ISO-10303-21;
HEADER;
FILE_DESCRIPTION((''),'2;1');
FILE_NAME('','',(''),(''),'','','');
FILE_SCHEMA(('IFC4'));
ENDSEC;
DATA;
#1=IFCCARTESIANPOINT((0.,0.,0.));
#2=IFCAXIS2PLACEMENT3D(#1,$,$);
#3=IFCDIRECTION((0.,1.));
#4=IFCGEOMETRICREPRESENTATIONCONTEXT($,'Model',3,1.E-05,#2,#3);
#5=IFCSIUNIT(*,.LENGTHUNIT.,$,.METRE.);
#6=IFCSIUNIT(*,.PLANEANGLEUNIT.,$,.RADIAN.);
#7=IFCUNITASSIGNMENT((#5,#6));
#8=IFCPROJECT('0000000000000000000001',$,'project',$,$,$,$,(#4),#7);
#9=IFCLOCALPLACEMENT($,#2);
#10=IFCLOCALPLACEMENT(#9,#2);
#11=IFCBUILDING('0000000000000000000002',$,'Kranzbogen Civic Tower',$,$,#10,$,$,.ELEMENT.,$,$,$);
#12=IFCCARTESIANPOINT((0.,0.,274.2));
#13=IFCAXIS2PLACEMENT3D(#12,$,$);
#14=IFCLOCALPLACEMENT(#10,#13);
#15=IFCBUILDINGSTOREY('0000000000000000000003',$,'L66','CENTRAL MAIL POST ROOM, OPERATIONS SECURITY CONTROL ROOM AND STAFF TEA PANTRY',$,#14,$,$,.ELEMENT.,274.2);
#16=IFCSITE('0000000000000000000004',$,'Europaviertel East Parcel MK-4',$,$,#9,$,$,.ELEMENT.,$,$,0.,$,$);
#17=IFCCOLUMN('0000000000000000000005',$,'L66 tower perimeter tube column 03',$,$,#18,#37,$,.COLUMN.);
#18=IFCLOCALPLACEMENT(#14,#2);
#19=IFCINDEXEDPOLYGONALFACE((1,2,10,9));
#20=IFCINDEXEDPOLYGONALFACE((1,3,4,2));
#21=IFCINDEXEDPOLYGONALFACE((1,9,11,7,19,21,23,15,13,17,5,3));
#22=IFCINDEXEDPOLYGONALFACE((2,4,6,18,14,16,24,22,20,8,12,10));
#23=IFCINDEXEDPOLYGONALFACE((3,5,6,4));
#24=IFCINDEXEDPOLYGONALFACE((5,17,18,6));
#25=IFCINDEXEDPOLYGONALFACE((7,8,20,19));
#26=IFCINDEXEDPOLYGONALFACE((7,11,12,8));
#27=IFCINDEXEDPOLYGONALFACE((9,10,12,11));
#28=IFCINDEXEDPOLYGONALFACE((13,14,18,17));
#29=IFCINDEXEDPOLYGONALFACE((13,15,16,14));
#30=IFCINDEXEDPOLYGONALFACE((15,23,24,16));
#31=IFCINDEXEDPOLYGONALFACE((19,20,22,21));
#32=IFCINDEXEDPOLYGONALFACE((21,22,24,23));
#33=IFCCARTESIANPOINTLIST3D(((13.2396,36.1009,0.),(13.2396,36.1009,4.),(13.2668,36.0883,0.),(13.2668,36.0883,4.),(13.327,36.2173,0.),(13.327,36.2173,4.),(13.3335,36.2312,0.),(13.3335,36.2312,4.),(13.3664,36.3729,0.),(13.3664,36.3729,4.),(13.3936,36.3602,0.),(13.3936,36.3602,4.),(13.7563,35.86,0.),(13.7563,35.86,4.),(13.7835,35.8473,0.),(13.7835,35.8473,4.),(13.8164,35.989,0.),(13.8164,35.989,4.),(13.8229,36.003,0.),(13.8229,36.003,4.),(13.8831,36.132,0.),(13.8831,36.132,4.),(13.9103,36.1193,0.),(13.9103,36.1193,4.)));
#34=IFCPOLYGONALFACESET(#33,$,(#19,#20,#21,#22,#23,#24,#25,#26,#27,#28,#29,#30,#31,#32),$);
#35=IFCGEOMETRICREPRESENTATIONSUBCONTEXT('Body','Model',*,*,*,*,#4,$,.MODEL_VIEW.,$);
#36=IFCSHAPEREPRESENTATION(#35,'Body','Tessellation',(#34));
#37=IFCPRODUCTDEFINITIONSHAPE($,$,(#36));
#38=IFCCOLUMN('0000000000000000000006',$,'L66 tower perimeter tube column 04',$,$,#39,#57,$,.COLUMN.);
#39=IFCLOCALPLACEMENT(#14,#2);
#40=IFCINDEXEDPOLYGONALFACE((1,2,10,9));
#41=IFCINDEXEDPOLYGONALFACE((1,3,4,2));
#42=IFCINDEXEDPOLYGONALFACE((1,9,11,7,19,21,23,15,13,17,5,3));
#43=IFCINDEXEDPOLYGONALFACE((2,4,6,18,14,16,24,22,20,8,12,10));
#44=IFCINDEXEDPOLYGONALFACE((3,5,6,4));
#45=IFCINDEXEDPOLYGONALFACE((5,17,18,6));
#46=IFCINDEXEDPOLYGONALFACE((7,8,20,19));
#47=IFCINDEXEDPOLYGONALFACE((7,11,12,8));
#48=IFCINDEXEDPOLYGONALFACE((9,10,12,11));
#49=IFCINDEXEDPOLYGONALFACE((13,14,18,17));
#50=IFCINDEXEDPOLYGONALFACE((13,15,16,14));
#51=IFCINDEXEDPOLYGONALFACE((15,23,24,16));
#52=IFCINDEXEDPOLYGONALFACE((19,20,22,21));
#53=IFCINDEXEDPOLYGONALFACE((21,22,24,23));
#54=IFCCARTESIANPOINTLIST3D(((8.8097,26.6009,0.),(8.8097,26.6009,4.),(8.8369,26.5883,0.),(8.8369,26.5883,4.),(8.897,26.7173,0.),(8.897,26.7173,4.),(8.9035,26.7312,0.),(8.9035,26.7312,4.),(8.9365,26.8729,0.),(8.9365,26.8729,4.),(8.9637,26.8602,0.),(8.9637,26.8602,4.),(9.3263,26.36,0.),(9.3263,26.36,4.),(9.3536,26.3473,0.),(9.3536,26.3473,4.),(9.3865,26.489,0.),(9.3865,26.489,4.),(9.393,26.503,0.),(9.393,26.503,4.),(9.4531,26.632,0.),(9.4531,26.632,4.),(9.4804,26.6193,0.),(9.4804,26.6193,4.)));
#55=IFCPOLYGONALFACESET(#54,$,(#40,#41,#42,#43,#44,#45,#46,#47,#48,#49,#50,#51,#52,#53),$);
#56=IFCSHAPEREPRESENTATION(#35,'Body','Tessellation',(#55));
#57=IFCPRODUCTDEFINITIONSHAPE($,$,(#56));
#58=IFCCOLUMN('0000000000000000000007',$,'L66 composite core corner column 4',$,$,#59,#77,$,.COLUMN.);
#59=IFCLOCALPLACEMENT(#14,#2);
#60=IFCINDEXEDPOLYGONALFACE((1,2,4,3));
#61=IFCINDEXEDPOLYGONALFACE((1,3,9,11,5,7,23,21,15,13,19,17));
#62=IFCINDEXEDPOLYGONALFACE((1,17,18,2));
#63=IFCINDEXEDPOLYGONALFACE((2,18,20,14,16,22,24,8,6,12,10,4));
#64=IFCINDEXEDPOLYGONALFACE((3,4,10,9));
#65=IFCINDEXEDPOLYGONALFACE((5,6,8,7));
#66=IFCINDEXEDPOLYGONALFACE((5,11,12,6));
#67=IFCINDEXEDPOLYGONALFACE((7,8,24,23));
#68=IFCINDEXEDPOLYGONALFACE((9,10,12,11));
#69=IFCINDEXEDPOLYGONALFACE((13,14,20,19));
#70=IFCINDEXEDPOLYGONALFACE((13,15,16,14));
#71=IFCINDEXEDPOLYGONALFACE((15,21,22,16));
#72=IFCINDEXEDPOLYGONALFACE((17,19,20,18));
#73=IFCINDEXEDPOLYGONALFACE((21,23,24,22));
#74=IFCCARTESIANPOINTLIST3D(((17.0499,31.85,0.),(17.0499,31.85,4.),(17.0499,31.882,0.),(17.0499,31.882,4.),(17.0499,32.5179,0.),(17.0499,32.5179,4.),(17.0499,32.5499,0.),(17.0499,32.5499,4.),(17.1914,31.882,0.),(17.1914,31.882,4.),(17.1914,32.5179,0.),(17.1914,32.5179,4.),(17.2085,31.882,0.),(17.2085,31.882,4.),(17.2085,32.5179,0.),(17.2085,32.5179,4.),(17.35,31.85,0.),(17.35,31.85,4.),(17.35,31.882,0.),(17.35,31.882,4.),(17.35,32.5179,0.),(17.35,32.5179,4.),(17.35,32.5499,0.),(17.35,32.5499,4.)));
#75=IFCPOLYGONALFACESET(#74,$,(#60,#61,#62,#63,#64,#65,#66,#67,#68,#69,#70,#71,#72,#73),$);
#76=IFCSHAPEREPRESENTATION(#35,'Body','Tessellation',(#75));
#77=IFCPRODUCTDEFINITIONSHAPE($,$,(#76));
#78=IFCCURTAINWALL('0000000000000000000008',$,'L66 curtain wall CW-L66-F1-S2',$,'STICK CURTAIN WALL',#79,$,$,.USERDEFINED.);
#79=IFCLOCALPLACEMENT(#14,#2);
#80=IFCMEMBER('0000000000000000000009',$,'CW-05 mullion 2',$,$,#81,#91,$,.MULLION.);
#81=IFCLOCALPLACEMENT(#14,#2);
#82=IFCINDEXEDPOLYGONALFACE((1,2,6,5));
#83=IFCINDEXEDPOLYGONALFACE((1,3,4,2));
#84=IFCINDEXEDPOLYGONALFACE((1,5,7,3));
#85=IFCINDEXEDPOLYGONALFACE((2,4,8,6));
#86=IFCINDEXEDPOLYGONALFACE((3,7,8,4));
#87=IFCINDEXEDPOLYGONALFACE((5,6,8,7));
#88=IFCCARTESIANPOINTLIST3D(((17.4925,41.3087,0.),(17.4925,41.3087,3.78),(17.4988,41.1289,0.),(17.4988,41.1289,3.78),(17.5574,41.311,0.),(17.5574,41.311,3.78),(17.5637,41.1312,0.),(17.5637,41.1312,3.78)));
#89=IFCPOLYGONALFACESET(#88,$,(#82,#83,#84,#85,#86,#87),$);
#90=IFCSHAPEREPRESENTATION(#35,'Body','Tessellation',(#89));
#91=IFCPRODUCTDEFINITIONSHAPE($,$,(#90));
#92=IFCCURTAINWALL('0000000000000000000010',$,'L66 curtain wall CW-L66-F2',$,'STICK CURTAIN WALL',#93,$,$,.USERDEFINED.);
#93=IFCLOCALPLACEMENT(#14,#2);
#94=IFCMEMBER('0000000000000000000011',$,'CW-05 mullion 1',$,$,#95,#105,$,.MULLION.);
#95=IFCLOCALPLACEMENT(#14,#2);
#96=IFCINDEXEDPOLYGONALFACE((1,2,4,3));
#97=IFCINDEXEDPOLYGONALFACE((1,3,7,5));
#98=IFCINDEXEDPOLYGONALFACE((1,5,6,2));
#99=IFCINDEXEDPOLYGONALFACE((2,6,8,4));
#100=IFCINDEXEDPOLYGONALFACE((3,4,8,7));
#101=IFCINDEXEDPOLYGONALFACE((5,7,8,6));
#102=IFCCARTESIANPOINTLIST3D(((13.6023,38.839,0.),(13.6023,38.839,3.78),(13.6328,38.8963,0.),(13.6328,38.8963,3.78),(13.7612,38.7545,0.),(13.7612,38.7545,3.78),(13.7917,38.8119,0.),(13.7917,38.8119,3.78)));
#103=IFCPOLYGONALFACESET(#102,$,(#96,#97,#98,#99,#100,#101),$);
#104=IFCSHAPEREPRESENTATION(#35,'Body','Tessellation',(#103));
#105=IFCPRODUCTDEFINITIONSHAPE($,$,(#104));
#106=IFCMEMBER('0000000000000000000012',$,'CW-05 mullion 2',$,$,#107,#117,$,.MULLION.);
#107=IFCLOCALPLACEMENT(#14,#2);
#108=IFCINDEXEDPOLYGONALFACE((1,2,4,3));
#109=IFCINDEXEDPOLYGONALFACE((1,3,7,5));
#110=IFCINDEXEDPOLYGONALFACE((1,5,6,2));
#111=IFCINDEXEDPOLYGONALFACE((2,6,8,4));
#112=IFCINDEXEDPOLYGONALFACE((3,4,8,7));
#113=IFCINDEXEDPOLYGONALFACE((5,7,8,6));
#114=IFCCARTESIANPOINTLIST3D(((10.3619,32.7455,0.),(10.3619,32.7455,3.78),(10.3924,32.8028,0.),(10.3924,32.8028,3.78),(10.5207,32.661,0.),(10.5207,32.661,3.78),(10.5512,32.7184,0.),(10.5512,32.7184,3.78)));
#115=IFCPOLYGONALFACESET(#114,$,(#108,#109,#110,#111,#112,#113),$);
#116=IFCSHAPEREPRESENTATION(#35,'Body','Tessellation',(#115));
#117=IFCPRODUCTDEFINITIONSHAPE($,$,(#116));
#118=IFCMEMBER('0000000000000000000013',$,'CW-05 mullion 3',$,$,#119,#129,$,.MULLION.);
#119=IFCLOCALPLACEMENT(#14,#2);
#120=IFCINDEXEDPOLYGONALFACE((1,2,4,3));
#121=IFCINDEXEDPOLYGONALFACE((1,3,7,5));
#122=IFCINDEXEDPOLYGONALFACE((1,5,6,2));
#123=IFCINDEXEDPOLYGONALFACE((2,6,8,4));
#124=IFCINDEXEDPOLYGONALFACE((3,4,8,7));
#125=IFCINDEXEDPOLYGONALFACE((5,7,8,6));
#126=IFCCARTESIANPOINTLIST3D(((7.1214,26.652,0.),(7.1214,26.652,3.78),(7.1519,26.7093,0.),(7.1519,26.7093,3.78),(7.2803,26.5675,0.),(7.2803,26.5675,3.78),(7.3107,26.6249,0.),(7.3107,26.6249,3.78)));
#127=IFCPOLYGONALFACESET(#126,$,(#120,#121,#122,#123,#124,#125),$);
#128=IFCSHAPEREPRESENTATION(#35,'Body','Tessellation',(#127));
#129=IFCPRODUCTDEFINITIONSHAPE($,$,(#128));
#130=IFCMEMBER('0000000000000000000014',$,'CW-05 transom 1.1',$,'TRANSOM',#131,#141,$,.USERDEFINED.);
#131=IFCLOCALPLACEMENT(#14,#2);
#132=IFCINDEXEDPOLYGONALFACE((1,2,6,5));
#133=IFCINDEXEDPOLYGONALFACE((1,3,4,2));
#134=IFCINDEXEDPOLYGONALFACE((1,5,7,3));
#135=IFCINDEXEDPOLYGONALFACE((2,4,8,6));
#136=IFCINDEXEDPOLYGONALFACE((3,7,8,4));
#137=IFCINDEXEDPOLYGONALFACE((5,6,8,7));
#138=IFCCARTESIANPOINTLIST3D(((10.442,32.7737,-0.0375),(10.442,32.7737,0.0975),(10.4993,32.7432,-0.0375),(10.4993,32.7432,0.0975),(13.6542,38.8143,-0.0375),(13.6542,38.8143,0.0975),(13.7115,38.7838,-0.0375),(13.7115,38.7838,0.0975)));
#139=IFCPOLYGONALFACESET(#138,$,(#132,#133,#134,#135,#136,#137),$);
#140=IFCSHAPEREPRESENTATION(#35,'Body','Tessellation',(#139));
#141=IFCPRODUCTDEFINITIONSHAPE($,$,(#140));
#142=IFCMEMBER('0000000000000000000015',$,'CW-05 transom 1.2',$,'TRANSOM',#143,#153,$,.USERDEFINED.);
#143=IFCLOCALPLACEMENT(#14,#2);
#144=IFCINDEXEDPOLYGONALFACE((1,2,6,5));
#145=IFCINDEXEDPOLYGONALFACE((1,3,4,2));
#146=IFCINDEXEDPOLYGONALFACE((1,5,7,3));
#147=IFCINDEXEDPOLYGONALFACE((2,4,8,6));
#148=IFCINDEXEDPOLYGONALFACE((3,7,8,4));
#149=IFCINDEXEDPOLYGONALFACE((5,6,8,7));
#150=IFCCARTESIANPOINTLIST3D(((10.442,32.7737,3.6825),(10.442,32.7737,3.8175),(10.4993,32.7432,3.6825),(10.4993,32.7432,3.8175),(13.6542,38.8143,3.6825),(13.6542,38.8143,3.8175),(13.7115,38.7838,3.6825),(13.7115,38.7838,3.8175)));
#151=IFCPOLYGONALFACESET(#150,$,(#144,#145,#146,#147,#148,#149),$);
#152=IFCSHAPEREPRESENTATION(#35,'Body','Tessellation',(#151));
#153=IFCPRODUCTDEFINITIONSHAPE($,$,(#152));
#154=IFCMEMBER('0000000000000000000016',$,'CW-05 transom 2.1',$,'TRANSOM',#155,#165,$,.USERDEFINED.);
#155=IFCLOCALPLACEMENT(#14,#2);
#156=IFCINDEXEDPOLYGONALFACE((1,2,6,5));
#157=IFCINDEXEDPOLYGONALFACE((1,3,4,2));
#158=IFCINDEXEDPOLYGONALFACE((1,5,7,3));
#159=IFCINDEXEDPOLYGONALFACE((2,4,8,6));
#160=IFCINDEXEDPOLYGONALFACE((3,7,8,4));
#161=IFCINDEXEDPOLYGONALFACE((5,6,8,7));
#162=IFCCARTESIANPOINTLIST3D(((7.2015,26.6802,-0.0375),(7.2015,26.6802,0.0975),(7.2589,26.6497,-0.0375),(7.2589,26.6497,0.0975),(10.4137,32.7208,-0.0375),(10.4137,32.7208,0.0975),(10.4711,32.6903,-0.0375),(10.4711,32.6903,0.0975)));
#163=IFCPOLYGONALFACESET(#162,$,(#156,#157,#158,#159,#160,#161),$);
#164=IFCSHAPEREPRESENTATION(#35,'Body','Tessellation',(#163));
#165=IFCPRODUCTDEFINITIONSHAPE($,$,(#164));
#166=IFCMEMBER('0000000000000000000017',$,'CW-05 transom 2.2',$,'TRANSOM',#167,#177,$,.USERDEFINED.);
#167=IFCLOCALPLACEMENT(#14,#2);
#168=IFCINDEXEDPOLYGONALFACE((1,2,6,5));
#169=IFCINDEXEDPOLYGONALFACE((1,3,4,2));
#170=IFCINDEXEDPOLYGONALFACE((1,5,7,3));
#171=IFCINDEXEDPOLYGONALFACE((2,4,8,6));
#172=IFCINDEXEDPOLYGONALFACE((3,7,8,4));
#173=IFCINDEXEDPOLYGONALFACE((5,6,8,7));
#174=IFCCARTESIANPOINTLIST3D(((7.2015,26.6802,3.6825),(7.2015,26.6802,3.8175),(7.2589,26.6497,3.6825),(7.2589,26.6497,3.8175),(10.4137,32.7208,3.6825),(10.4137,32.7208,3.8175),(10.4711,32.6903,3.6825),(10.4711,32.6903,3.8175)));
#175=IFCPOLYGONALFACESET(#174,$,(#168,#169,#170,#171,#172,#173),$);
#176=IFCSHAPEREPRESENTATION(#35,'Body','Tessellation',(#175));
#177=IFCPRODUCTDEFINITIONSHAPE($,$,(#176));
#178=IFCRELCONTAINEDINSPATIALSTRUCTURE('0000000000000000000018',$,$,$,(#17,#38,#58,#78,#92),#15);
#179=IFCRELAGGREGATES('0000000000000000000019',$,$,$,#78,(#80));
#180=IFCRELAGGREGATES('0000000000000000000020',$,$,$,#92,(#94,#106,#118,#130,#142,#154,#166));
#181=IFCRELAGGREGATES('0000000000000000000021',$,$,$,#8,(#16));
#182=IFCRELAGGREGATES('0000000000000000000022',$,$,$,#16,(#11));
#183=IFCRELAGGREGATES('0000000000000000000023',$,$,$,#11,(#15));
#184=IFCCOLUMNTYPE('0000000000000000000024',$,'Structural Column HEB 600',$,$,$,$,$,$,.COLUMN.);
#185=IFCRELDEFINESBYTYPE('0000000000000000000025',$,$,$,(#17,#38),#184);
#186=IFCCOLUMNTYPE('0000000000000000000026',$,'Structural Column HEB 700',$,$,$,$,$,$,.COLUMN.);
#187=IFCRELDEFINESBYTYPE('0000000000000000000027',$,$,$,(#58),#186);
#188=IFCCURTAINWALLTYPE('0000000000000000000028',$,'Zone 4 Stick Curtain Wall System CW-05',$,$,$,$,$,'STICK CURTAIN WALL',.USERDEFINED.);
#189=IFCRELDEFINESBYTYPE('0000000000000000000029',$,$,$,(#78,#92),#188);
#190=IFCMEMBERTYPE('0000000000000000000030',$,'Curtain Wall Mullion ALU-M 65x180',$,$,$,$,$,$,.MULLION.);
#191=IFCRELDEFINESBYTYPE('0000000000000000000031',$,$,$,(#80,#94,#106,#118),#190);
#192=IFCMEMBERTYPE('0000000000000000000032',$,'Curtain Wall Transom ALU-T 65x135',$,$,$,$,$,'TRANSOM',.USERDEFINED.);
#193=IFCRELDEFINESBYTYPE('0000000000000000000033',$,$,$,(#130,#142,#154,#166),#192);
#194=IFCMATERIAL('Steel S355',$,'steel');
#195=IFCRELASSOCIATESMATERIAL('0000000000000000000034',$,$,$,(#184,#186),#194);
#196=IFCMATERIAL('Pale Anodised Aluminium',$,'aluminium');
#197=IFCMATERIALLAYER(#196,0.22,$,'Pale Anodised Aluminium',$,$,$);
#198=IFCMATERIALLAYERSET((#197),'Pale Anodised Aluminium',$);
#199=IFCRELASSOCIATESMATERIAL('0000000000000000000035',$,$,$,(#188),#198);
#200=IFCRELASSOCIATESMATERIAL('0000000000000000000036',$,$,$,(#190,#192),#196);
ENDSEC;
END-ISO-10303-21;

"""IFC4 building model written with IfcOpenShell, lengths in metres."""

from ifc_helpers import new_model, si_unit, direction, frame, origin, origin_2d, place, context, subcontext, project, spatial, rectangle, i_section, extrude, material, layer, layer_set, material_profile, profile_set, type_object, element, aggregate, save


model = new_model("IFC4")

# Units and contexts
model_context = context("Model", 3, precision=1e-05, world=origin(), true_north=direction((0.0, 1.0)))
body_context = subcontext(model_context, "Body", "Model", "MODEL_VIEW")
ifc_project = project(units=[si_unit("LENGTHUNIT", "METRE"), si_unit("PLANEANGLEUNIT", "RADIAN")], contexts=[model_context])

# Site, building, storey
site_placement = place(None, origin())
site = spatial("IfcSite", under=ifc_project, at=site_placement, Name="Europaviertel East Parcel MK-4", CompositionType="ELEMENT", RefElevation=0.0)
building_placement = place(site_placement, origin())
building = spatial("IfcBuilding", under=site, at=building_placement, Name="Kranzbogen Civic Tower", CompositionType="ELEMENT")
storey_placement = place(building_placement, frame((0.0, 0.0, 274.2)))
storey = spatial("IfcBuildingStorey", under=building, at=storey_placement, Name="L66", Description="CENTRAL MAIL POST ROOM, OPERATIONS SECURITY CONTROL ROOM AND STAFF TEA PANTRY", CompositionType="ELEMENT", Elevation=274.2)

# Columns
ifc_material_1 = material(Name="Steel S355", Category="steel")
ifc_material_profile_1 = material_profile(ifc_material_1, i_section(OverallWidth=0.3, OverallDepth=0.6001, WebThickness=0.0154, FlangeThickness=0.03, at=origin_2d()), Name="HEB 600")
ifc_profile_set_1 = profile_set([ifc_material_profile_1], Name="Steel S355")
column_type_1 = type_object("IfcColumnType", Name="Structural Column HEB 600", PredefinedType="COLUMN", material=ifc_profile_set_1)
for number, where, z_axis, x_axis, name in (
    (1, (13.575, 36.1101, 0.0), (0.0, 0.0, 1.0), (0.422618, 0.906308, 0.0), "L66 tower perimeter tube column 03"),
    (2, (9.145, 26.6101, 0.0), (0.0, 0.0, 1.0), (0.422618, 0.906308, 0.0), "L66 tower perimeter tube column 04"),
):
    element("IfcColumn", number, at=place(storey_placement, frame(where, z_axis=z_axis, x_axis=x_axis)), inside=storey, type_object=column_type_1, Name=name, PredefinedType="COLUMN", context=body_context, shape_type="SweptSolid", body=[
        extrude(i_section(OverallWidth=0.3, OverallDepth=0.6001, WebThickness=0.0154, FlangeThickness=0.03, at=origin_2d()), origin(), (0.0, 0.0, 1.0), 4.0),
    ])
ifc_material_profile_2 = material_profile(ifc_material_1, i_section(OverallWidth=0.3, OverallDepth=0.7, WebThickness=0.0171, FlangeThickness=0.032, at=origin_2d()), Name="HEB 700")
ifc_profile_set_2 = profile_set([ifc_material_profile_2], Name="Steel S355")
column_type_2 = type_object("IfcColumnType", Name="Structural Column HEB 700", PredefinedType="COLUMN", material=ifc_profile_set_2)
column_placement = place(storey_placement, frame((17.2, 32.2, 0.0), z_axis=(0.0, 0.0, 1.0), x_axis=(1.0, 0.0, 0.0)))
element("IfcColumn", 3, at=column_placement, inside=storey, type_object=column_type_2, Name="L66 composite core corner column 4", PredefinedType="COLUMN", context=body_context, shape_type="SweptSolid", body=[
    extrude(i_section(OverallWidth=0.3, OverallDepth=0.7, WebThickness=0.0171, FlangeThickness=0.032, at=origin_2d()), origin(), (0.0, 0.0, 1.0), 4.0),
])

# Curtain wall, member
ifc_material_2 = material(Name="Pale Anodised Aluminium", Category="aluminium")
ifc_layer_1 = layer(ifc_material_2, 0.22, Name="Pale Anodised Aluminium")
ifc_layer_set_1 = layer_set([ifc_layer_1], Name="Pale Anodised Aluminium")
curtain_wall_type = type_object("IfcCurtainWallType", Name="Zone 4 Stick Curtain Wall System CW-05", ElementType="STICK CURTAIN WALL", PredefinedType="USERDEFINED", material=ifc_layer_set_1)
curtain_wall_1_placement = place(storey_placement, origin())
curtain_wall_1 = element("IfcCurtainWall", 4, at=curtain_wall_1_placement, inside=storey, type_object=curtain_wall_type, Name="L66 curtain wall CW-L66-F1-S2", ObjectType="STICK CURTAIN WALL", PredefinedType="USERDEFINED")
ifc_material_profile_3 = material_profile(ifc_material_2, rectangle(XDim=0.0649, YDim=0.1799, at=origin_2d()), Name="ALU-M 65x180")
ifc_profile_set_3 = profile_set([ifc_material_profile_3], Name="Pale Anodised Aluminium")
member_type_1 = type_object("IfcMemberType", Name="Curtain Wall Mullion ALU-M 65x180", PredefinedType="MULLION", material=ifc_profile_set_3)
member_1_placement = place(storey_placement, frame((17.5281, 41.22, 0.0), z_axis=(0.0, 0.0, 1.0), x_axis=(-0.999391, -0.034901, 0.0)))
member_1 = element("IfcMember", 5, at=member_1_placement, type_object=member_type_1, Name="CW-05 mullion 2", PredefinedType="MULLION", context=body_context, shape_type="SweptSolid", body=[
    extrude(rectangle(XDim=0.0649, YDim=0.1799, at=origin_2d()), origin(), (0.0, 0.0, 1.0), 3.78),
])
aggregate(curtain_wall_1, [member_1])

# Curtain wall, members
curtain_wall_2_placement = place(storey_placement, origin())
curtain_wall_2 = element("IfcCurtainWall", 6, at=curtain_wall_2_placement, inside=storey, type_object=curtain_wall_type, Name="L66 curtain wall CW-L66-F2", ObjectType="STICK CURTAIN WALL", PredefinedType="USERDEFINED")
member_2_placement = place(storey_placement, frame((13.697, 38.8254, 0.0), z_axis=(0.0, 0.0, 1.0), x_axis=(-0.469521, -0.882921, 0.0)))
member_2 = element("IfcMember", 7, at=member_2_placement, type_object=member_type_1, Name="CW-05 mullion 1", PredefinedType="MULLION", context=body_context, shape_type="SweptSolid", body=[
    extrude(rectangle(XDim=0.0649, YDim=0.1799, at=origin_2d()), origin(), (0.0, 0.0, 1.0), 3.78),
])
member_3_placement = place(storey_placement, frame((10.4565, 32.7319, 0.0), z_axis=(0.0, 0.0, 1.0), x_axis=(-0.469521, -0.882921, 0.0)))
member_3 = element("IfcMember", 8, at=member_3_placement, type_object=member_type_1, Name="CW-05 mullion 2", PredefinedType="MULLION", context=body_context, shape_type="SweptSolid", body=[
    extrude(rectangle(XDim=0.0649, YDim=0.1799, at=origin_2d()), origin(), (0.0, 0.0, 1.0), 3.78),
])
member_4_placement = place(storey_placement, frame((7.2161, 26.6384, 0.0), z_axis=(0.0, 0.0, 1.0), x_axis=(-0.469521, -0.882921, 0.0)))
member_4 = element("IfcMember", 9, at=member_4_placement, type_object=member_type_1, Name="CW-05 mullion 3", PredefinedType="MULLION", context=body_context, shape_type="SweptSolid", body=[
    extrude(rectangle(XDim=0.0649, YDim=0.1799, at=origin_2d()), origin(), (0.0, 0.0, 1.0), 3.78),
])
ifc_material_profile_4 = material_profile(ifc_material_2, rectangle(XDim=0.0649, YDim=0.135, at=origin_2d()), Name="ALU-T 65x135")
ifc_profile_set_4 = profile_set([ifc_material_profile_4], Name="Pale Anodised Aluminium")
member_type_2 = type_object("IfcMemberType", Name="Curtain Wall Transom ALU-T 65x135", ElementType="TRANSOM", PredefinedType="USERDEFINED", material=ifc_profile_set_4)
member_5_placement = place(storey_placement, frame((13.6829, 38.7991, 0.03), z_axis=(-0.469512, -0.882926, 0.0), x_axis=(0.882926, -0.469512, 0.0)))
member_5 = element("IfcMember", 10, at=member_5_placement, type_object=member_type_2, Name="CW-05 transom 1.1", ObjectType="TRANSOM", PredefinedType="USERDEFINED", context=body_context, shape_type="SweptSolid", body=[
    extrude(rectangle(XDim=0.0649, YDim=0.135, at=origin_2d()), origin(), (0.0, 0.0, 1.0), 6.8416),
])
member_6_placement = place(storey_placement, frame((13.6829, 38.7991, 3.75), z_axis=(-0.469512, -0.882926, 0.0), x_axis=(0.882926, -0.469512, 0.0)))
member_6 = element("IfcMember", 11, at=member_6_placement, type_object=member_type_2, Name="CW-05 transom 1.2", ObjectType="TRANSOM", PredefinedType="USERDEFINED", context=body_context, shape_type="SweptSolid", body=[
    extrude(rectangle(XDim=0.0649, YDim=0.135, at=origin_2d()), origin(), (0.0, 0.0, 1.0), 6.8416),
])
member_7_placement = place(storey_placement, frame((10.4424, 32.7056, 0.03), z_axis=(-0.469512, -0.882926, 0.0), x_axis=(0.882926, -0.469512, 0.0)))
member_7 = element("IfcMember", 12, at=member_7_placement, type_object=member_type_2, Name="CW-05 transom 2.1", ObjectType="TRANSOM", PredefinedType="USERDEFINED", context=body_context, shape_type="SweptSolid", body=[
    extrude(rectangle(XDim=0.0649, YDim=0.135, at=origin_2d()), origin(), (0.0, 0.0, 1.0), 6.8416),
])
member_8_placement = place(storey_placement, frame((10.4424, 32.7056, 3.75), z_axis=(-0.469512, -0.882926, 0.0), x_axis=(0.882926, -0.469512, 0.0)))
member_8 = element("IfcMember", 13, at=member_8_placement, type_object=member_type_2, Name="CW-05 transom 2.2", ObjectType="TRANSOM", PredefinedType="USERDEFINED", context=body_context, shape_type="SweptSolid", body=[
    extrude(rectangle(XDim=0.0649, YDim=0.135, at=origin_2d()), origin(), (0.0, 0.0, 1.0), 6.8416),
])

aggregate(curtain_wall_2, [member_2, member_3, member_4, member_5, member_6, member_7, member_8])

save(model, "model.ifc")
